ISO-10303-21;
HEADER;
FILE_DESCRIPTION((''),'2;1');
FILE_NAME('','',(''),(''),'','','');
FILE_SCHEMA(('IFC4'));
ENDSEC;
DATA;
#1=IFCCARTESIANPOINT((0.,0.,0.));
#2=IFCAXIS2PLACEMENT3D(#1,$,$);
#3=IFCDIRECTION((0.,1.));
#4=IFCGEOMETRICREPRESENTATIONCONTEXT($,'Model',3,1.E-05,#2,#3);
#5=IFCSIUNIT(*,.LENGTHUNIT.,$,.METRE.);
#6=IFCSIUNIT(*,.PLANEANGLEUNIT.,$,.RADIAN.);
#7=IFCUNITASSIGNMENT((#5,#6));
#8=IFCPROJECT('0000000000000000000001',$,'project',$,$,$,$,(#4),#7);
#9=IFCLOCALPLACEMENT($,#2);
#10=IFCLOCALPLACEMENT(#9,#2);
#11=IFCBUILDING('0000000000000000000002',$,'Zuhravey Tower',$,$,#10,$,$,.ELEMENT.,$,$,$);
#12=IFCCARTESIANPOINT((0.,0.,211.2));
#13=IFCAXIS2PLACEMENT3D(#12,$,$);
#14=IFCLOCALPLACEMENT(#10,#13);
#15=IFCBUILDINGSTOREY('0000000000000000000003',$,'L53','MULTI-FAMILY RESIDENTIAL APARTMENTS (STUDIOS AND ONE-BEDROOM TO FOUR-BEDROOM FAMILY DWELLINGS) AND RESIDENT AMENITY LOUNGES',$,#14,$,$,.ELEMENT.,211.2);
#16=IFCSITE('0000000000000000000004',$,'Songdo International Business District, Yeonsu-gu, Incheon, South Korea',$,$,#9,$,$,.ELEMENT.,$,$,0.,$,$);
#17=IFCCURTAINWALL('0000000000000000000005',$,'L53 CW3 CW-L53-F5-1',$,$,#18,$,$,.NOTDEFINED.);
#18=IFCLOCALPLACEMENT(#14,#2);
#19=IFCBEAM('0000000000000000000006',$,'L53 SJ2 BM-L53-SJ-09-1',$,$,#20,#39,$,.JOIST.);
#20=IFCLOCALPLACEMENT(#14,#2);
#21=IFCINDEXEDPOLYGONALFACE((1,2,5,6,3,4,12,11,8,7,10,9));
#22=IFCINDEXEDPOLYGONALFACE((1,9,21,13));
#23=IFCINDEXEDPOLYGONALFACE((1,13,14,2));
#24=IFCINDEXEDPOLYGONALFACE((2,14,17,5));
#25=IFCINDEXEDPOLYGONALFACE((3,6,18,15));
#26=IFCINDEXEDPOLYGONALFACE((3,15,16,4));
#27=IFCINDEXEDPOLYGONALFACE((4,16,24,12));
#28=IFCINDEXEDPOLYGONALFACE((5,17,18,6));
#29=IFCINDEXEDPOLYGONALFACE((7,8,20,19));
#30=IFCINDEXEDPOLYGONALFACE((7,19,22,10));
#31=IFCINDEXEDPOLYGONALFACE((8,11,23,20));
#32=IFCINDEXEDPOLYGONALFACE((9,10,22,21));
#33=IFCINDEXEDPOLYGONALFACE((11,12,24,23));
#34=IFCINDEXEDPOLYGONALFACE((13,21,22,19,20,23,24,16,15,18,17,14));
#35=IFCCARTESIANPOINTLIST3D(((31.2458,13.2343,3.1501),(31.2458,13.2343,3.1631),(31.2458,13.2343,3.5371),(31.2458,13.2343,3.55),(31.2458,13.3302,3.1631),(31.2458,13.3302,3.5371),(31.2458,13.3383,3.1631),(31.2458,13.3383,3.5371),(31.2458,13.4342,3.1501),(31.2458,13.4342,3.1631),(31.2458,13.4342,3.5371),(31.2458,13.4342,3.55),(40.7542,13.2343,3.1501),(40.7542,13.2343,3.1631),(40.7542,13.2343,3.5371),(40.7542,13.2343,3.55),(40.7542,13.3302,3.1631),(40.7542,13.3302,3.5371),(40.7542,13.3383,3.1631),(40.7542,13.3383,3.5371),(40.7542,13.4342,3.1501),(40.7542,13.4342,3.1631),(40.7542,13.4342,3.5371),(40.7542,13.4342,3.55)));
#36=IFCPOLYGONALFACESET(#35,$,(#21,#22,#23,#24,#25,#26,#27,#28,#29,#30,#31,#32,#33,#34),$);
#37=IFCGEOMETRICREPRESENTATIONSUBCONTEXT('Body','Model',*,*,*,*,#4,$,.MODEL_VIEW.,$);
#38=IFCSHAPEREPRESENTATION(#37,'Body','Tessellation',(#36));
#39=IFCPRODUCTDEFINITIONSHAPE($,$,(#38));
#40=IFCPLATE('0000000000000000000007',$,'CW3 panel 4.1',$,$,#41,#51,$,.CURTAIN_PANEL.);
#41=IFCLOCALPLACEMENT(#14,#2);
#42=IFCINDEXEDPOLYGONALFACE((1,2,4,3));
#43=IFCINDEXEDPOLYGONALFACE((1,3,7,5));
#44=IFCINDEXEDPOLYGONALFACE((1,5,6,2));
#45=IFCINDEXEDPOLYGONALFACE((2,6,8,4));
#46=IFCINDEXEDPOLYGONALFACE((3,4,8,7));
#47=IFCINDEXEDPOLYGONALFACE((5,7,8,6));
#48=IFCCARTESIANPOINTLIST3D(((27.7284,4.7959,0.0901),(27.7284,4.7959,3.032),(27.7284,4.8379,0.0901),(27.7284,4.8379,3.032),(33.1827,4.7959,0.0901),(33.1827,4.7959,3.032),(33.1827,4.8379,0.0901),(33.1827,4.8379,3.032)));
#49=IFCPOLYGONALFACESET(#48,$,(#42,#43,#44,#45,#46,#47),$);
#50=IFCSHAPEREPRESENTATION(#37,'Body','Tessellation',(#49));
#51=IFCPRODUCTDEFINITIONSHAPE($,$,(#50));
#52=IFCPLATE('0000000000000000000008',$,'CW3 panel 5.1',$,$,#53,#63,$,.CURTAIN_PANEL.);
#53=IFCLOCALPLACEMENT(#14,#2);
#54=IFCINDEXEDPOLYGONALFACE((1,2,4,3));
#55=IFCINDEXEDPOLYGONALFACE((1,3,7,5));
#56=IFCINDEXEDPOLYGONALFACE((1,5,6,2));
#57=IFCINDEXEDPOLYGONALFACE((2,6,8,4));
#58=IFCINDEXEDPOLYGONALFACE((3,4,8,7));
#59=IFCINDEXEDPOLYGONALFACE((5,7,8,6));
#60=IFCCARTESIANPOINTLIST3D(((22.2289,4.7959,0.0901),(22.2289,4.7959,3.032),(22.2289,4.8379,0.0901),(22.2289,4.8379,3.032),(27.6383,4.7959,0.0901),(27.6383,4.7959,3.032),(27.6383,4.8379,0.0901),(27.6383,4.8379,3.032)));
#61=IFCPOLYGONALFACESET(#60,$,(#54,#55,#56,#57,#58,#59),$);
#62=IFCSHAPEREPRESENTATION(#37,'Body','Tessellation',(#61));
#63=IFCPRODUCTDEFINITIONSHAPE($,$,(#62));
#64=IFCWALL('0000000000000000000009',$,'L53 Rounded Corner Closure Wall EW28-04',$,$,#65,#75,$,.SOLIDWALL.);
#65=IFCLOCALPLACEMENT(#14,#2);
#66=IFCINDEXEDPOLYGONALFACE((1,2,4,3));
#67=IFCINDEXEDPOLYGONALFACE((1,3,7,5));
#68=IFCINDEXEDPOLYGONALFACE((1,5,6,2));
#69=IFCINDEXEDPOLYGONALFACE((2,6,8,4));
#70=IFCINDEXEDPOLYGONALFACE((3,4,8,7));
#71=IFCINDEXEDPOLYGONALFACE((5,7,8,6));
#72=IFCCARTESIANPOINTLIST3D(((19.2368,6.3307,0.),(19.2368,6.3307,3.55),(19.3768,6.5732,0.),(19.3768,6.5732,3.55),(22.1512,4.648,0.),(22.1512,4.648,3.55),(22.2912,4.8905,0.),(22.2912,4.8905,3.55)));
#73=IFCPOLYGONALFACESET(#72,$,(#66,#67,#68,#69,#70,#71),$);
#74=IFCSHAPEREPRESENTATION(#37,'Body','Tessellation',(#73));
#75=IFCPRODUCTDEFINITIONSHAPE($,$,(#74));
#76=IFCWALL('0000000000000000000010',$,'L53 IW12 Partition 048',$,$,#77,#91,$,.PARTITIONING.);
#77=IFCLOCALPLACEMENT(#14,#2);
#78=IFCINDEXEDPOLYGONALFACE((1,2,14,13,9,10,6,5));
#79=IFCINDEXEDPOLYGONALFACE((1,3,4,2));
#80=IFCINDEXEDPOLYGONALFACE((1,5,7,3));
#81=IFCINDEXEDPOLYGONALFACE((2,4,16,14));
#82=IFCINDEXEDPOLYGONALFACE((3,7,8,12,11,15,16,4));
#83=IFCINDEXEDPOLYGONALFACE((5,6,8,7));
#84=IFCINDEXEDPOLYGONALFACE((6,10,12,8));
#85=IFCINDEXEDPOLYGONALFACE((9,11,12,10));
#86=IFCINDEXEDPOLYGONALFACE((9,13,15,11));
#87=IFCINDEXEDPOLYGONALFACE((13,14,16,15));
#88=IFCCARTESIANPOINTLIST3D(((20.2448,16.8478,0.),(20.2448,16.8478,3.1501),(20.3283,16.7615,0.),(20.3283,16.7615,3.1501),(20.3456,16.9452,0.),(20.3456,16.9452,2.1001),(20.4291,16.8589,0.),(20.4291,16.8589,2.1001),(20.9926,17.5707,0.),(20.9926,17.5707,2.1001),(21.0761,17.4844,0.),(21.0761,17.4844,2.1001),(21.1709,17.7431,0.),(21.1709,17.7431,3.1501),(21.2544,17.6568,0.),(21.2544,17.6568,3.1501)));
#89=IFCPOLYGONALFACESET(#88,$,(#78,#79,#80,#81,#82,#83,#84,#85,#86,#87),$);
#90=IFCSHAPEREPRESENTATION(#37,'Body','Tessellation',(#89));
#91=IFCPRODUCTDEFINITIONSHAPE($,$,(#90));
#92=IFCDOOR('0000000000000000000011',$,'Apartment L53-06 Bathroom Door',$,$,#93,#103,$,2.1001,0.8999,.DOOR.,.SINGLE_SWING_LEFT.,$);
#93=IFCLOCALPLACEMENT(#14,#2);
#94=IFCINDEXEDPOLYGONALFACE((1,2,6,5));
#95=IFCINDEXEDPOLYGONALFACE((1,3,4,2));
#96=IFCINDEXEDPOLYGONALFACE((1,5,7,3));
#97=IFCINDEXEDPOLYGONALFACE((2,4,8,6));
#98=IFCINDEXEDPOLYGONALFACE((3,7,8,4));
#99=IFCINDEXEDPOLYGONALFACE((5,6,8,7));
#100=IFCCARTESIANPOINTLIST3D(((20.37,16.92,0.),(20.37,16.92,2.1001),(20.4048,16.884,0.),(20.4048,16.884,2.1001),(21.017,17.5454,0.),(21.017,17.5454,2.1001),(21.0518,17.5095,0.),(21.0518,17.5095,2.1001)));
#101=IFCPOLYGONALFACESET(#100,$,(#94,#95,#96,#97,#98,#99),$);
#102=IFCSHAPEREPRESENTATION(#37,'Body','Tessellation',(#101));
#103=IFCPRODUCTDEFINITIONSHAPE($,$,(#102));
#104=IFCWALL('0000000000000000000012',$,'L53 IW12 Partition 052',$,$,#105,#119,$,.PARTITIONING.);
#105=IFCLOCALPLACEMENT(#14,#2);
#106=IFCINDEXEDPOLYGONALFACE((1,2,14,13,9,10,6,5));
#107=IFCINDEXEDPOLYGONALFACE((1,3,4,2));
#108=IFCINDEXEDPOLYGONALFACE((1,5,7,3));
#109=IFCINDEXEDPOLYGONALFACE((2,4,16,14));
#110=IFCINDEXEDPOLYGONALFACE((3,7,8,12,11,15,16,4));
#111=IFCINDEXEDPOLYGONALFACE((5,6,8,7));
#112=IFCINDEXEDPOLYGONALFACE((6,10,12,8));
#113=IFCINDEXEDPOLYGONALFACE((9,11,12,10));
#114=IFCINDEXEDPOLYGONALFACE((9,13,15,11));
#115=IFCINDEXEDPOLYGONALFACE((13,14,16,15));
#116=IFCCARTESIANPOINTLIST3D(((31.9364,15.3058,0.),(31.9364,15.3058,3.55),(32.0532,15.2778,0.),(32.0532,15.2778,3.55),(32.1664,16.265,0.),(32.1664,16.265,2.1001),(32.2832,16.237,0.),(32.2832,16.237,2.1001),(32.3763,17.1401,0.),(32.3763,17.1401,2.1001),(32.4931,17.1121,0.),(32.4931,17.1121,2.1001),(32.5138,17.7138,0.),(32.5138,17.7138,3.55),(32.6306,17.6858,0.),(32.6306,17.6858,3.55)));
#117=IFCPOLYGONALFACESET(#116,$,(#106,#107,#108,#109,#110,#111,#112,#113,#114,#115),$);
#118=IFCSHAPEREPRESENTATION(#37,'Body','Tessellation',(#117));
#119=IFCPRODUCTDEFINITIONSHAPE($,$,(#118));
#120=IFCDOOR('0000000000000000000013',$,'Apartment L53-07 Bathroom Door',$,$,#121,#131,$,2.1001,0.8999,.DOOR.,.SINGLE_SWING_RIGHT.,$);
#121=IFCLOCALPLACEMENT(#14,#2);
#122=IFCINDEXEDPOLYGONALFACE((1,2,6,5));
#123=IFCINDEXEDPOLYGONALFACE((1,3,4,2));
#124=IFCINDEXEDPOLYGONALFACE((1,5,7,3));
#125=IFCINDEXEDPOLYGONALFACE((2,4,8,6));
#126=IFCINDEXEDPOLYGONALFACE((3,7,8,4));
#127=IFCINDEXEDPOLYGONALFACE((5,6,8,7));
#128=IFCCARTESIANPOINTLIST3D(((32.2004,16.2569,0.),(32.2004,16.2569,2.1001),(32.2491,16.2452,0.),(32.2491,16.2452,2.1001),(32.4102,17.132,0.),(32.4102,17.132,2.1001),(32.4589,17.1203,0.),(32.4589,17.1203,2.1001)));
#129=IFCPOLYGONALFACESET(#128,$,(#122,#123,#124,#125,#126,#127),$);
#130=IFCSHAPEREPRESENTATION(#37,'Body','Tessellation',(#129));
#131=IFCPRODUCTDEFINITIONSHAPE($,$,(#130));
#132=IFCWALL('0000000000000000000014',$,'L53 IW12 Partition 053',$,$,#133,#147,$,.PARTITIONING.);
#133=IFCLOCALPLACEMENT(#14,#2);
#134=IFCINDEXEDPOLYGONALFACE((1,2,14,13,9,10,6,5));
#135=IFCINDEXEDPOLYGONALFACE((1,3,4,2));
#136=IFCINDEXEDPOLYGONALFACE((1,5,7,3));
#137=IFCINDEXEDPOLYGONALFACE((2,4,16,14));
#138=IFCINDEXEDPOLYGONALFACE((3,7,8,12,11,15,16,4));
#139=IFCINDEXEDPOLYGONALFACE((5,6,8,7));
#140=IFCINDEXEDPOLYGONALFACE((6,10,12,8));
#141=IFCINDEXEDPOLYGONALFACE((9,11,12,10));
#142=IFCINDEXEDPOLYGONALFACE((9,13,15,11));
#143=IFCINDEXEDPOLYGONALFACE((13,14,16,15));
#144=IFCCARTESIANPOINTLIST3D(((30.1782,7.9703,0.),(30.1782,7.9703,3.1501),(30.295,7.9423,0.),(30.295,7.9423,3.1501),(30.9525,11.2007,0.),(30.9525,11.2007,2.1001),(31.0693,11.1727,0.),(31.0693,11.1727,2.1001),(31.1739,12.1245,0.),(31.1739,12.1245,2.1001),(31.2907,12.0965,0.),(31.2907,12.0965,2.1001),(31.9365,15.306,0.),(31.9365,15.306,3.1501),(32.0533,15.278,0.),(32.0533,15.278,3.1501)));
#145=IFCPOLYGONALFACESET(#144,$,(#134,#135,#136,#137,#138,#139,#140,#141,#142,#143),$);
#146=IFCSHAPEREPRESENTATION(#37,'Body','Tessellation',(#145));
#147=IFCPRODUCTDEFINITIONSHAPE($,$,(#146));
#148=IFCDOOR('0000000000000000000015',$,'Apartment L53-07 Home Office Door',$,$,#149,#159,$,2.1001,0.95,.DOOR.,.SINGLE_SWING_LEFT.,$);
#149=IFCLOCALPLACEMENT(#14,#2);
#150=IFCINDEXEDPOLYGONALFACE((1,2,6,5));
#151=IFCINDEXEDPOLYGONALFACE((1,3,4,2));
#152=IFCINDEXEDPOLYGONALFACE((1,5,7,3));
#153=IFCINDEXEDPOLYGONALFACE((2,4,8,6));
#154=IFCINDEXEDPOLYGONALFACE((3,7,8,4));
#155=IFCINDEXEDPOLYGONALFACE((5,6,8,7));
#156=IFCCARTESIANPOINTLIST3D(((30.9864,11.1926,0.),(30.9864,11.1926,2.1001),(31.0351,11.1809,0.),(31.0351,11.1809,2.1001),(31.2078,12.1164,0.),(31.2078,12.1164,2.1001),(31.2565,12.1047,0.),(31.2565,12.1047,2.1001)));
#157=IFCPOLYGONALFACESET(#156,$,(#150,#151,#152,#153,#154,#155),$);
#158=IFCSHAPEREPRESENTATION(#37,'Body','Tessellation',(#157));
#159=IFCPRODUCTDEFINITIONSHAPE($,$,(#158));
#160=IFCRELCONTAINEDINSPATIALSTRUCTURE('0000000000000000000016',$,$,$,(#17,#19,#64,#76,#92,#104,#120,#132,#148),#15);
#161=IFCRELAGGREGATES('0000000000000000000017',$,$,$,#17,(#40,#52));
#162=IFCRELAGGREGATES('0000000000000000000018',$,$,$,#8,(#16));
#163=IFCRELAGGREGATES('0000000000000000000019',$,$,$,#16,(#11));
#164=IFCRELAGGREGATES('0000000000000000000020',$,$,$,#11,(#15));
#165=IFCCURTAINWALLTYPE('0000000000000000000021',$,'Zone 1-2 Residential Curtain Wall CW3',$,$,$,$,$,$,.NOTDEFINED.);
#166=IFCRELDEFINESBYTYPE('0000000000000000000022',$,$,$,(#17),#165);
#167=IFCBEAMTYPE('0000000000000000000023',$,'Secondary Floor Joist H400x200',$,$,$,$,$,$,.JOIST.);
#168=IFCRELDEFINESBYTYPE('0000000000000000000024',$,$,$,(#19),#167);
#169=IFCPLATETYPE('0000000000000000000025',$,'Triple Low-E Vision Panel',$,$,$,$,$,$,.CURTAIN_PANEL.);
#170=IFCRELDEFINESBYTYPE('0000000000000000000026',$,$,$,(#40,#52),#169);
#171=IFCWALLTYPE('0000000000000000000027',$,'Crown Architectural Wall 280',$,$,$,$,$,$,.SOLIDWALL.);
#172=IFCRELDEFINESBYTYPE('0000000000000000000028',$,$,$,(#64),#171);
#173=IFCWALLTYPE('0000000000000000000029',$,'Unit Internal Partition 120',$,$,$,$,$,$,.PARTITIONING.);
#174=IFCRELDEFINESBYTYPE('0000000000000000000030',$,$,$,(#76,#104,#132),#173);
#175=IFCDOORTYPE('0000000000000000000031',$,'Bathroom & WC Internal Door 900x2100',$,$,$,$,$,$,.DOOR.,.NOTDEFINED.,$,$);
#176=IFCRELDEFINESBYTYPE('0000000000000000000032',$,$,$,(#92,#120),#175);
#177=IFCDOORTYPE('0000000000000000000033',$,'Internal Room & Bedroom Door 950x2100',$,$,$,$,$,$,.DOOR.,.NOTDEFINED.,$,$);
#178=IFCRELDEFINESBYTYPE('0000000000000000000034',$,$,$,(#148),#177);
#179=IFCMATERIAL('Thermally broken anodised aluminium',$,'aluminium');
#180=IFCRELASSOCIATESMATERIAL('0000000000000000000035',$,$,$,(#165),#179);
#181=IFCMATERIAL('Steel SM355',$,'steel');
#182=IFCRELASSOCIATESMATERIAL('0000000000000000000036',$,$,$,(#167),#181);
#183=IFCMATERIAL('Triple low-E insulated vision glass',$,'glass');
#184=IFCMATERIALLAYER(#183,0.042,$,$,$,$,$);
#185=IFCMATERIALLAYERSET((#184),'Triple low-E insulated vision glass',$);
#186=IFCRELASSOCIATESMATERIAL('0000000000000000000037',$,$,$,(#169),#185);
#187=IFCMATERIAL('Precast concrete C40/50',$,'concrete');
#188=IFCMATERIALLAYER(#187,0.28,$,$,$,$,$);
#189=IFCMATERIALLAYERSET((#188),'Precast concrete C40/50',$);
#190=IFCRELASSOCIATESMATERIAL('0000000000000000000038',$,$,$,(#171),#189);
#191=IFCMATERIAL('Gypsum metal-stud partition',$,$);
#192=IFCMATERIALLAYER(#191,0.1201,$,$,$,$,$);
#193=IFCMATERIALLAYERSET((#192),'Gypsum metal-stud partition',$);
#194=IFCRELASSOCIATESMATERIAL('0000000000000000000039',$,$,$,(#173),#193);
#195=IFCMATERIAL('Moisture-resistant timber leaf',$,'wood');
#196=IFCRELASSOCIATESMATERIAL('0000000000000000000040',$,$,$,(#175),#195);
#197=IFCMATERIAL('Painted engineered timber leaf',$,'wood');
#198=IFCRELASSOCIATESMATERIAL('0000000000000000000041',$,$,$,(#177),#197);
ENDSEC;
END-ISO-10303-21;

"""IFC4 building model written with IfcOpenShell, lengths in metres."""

from ifc_helpers import new_model, si_unit, direction, frame, frame_2d, origin, origin_2d, place, context, subcontext, project, spatial, rectangle, i_section, extrude, material, layer, layer_set, material_profile, profile_set, type_object, element, fill, aggregate, save


model = new_model("IFC4")

# Units and contexts
model_context = context("Model", 3, precision=1e-05, world=origin(), true_north=direction((0.0, 1.0)))
body_context = subcontext(model_context, "Body", "Model", "MODEL_VIEW")
ifc_project = project(units=[si_unit("LENGTHUNIT", "METRE"), si_unit("PLANEANGLEUNIT", "RADIAN")], contexts=[model_context])

# Site, building, storey
site_placement = place(None, origin())
site = spatial("IfcSite", under=ifc_project, at=site_placement, Name="Songdo International Business District, Yeonsu-gu, Incheon, South Korea", CompositionType="ELEMENT", RefElevation=0.0)
building_placement = place(site_placement, origin())
building = spatial("IfcBuilding", under=site, at=building_placement, Name="Zuhravey Tower", CompositionType="ELEMENT")
storey_placement = place(building_placement, frame((0.0, 0.0, 211.2)))
storey = spatial("IfcBuildingStorey", under=building, at=storey_placement, Name="L53", Description="MULTI-FAMILY RESIDENTIAL APARTMENTS (STUDIOS AND ONE-BEDROOM TO FOUR-BEDROOM FAMILY DWELLINGS) AND RESIDENT AMENITY LOUNGES", CompositionType="ELEMENT", Elevation=211.2)

# Curtain wall
ifc_material_1 = material(Name="Thermally broken anodised aluminium", Category="aluminium")
curtain_wall_type = type_object("IfcCurtainWallType", Name="Zone 1-2 Residential Curtain Wall CW3", PredefinedType="NOTDEFINED", material=ifc_material_1)
curtain_wall_placement = place(storey_placement, origin())
curtain_wall = element("IfcCurtainWall", 1, at=curtain_wall_placement, inside=storey, type_object=curtain_wall_type, Name="L53 CW3 CW-L53-F5-1", PredefinedType="NOTDEFINED")

# Beam
ifc_material_2 = material(Name="Steel SM355", Category="steel")
ifc_material_profile_1 = material_profile(ifc_material_2, i_section(OverallWidth=0.2, OverallDepth=0.3999, WebThickness=0.0081, FlangeThickness=0.0129, at=origin_2d()), Name="H-400x200x8x13")
ifc_profile_set_1 = profile_set([ifc_material_profile_1], Name="Steel SM355")
beam_type_1 = type_object("IfcBeamType", Name="Secondary Floor Joist H400x200", PredefinedType="JOIST", material=ifc_profile_set_1)
beam_1_placement = place(storey_placement, frame((31.2458, 13.3342, 3.3501), z_axis=(1.0, 0.0, 0.0), x_axis=(0.0, 1.0, 0.0)))
element("IfcBeam", 2, at=beam_1_placement, inside=storey, type_object=beam_type_1, Name="L53 SJ2 BM-L53-SJ-09-1", PredefinedType="JOIST", context=body_context, shape_type="SweptSolid", body=[
    extrude(i_section(OverallWidth=0.2, OverallDepth=0.3999, WebThickness=0.0081, FlangeThickness=0.0129, at=origin_2d()), origin(), (0.0, 0.0, 1.0), 9.5083),
])

# Plates
ifc_material_3 = material(Name="Triple low-E insulated vision glass", Category="glass")
ifc_layer_1 = layer(ifc_material_3, 0.042)
ifc_layer_set_1 = layer_set([ifc_layer_1], Name="Triple low-E insulated vision glass")
plate_type = type_object("IfcPlateType", Name="Triple Low-E Vision Panel", PredefinedType="CURTAIN_PANEL", material=ifc_layer_set_1)
plate_1_placement = place(storey_placement, frame((30.4556, 4.8169, 0.0901), z_axis=(0.0, 0.0, 1.0), x_axis=(-1.0, 0.0, 0.0)))
plate_1 = element("IfcPlate", 3, at=plate_1_placement, type_object=plate_type, Name="CW3 panel 4.1", PredefinedType="CURTAIN_PANEL", context=body_context, shape_type="SweptSolid", body=[
    extrude(rectangle(XDim=5.4543, YDim=0.042, at=origin_2d()), origin(), (0.0, 0.0, 1.0), 2.9419),
])
plate_2_placement = place(storey_placement, frame((24.9336, 4.8169, 0.0901), z_axis=(0.0, 0.0, 1.0), x_axis=(-1.0, 0.0, 0.0)))
plate_2 = element("IfcPlate", 4, at=plate_2_placement, type_object=plate_type, Name="CW3 panel 5.1", PredefinedType="CURTAIN_PANEL", context=body_context, shape_type="SweptSolid", body=[
    extrude(rectangle(XDim=5.4094, YDim=0.042, at=origin_2d()), origin(), (0.0, 0.0, 1.0), 2.9419),
])
aggregate(curtain_wall, [plate_1, plate_2])

# Wall
ifc_material_4 = material(Name="Precast concrete C40/50", Category="concrete")
ifc_layer_2 = layer(ifc_material_4, 0.28)
ifc_layer_set_2 = layer_set([ifc_layer_2], Name="Precast concrete C40/50")
wall_type_1 = type_object("IfcWallType", Name="Crown Architectural Wall 280", PredefinedType="SOLIDWALL", material=ifc_layer_set_2)
wall_1_placement = place(storey_placement, frame((22.2212, 4.7693, 0.0), z_axis=(0.0, 0.0, 1.0), x_axis=(-0.86602, 0.500009, 0.0)))
element("IfcWall", 5, at=wall_1_placement, inside=storey, type_object=wall_type_1, Name="L53 Rounded Corner Closure Wall EW28-04", PredefinedType="SOLIDWALL", context=body_context, shape_type="SweptSolid", body=[
    extrude(rectangle(XDim=3.3652, YDim=0.28, at=frame_2d((1.6826, 0.0))), origin(), (0.0, 0.0, 1.0), 3.55),
])

# Walls, openings, doors
ifc_material_5 = material(Name="Gypsum metal-stud partition")
ifc_layer_3 = layer(ifc_material_5, 0.1201)
ifc_layer_set_3 = layer_set([ifc_layer_3], Name="Gypsum metal-stud partition")
wall_type_2 = type_object("IfcWallType", Name="Unit Internal Partition 120", PredefinedType="PARTITIONING", material=ifc_layer_set_3)
wall_2_placement = place(storey_placement, frame((21.2126, 17.7, 0.0), z_axis=(0.0, 0.0, 1.0), x_axis=(-0.718947, -0.695065, 0.0)))
wall_2 = element("IfcWall", 6, at=wall_2_placement, inside=storey, type_object=wall_type_2, Name="L53 IW12 Partition 048", PredefinedType="PARTITIONING", context=body_context, shape_type="SweptSolid", body=[
    extrude(rectangle(XDim=1.2881, YDim=0.1201, at=frame_2d((0.644, 0.0))), origin(), (0.0, 0.0, 1.0), 3.1501),
])
opening_1_placement = place(wall_2_placement, frame((0.248, 0.0, 0.0)))
opening_1 = element("IfcOpeningElement", 7, at=opening_1_placement, cuts=wall_2, PredefinedType="OPENING", context=body_context, shape_type="SweptSolid", body=[
    extrude(rectangle(XDim=0.8999, YDim=2.1001, at=frame_2d((0.45, 1.05))), frame((0.0, 0.072, 0.0), z_axis=(0.0, -1.0, 0.0), x_axis=(1.0, 0.0, 0.0)), (0.0, 0.0, 1.0), 0.144),
])
ifc_material_6 = material(Name="Moisture-resistant timber leaf", Category="wood")
door_type_1 = type_object("IfcDoorType", Name="Bathroom & WC Internal Door 900x2100", OperationType="NOTDEFINED", PredefinedType="DOOR", material=ifc_material_6)
door_1_placement = place(opening_1_placement, frame((0.8999, 0.0, 0.0), z_axis=(0.0, 0.0, 1.0), x_axis=(-1.0, 0.0, 0.0)))
door_1 = element("IfcDoor", 8, at=door_1_placement, inside=storey, type_object=door_type_1, Name="Apartment L53-06 Bathroom Door", OperationType="SINGLE_SWING_LEFT", OverallHeight=2.1001, OverallWidth=0.8999, PredefinedType="DOOR", context=body_context, shape_type="SweptSolid", body=[
    extrude(rectangle(XDim=0.8999, YDim=2.1001, at=frame_2d((0.45, 1.05))), frame((0.0, 0.0249, 0.0), z_axis=(0.0, -1.0, 0.0), x_axis=(1.0, 0.0, 0.0)), (0.0, 0.0, 1.0), 0.05),
])
fill(opening_1, door_1)
wall_3_placement = place(storey_placement, frame((32.5723, 17.7, 0.0), z_axis=(0.0, 0.0, 1.0), x_axis=(-0.233175, -0.972435, 0.0)))
wall_3 = element("IfcWall", 9, at=wall_3_placement, inside=storey, type_object=wall_type_2, Name="L53 IW12 Partition 052", PredefinedType="PARTITIONING", context=body_context, shape_type="SweptSolid", body=[
    extrude(rectangle(XDim=2.4763, YDim=0.1201, at=frame_2d((1.2383, 0.0))), origin(), (0.0, 0.0, 1.0), 3.55),
])
opening_2_placement = place(wall_3_placement, frame((0.5901, 0.0, 0.0)))
opening_2 = element("IfcOpeningElement", 10, at=opening_2_placement, cuts=wall_3, PredefinedType="OPENING", context=body_context, shape_type="SweptSolid", body=[
    extrude(rectangle(XDim=0.8999, YDim=2.1001, at=frame_2d((0.45, 1.05))), frame((0.0, 0.072, 0.0), z_axis=(0.0, -1.0, 0.0), x_axis=(1.0, 0.0, 0.0)), (0.0, 0.0, 1.0), 0.144),
])
door_2_placement = place(opening_2_placement, origin())
door_2 = element("IfcDoor", 11, at=door_2_placement, inside=storey, type_object=door_type_1, Name="Apartment L53-07 Bathroom Door", OperationType="SINGLE_SWING_RIGHT", OverallHeight=2.1001, OverallWidth=0.8999, PredefinedType="DOOR", context=body_context, shape_type="SweptSolid", body=[
    extrude(rectangle(XDim=0.8999, YDim=2.1001, at=frame_2d((0.45, 1.05))), frame((0.0, 0.0249, 0.0), z_axis=(0.0, -1.0, 0.0), x_axis=(1.0, 0.0, 0.0)), (0.0, 0.0, 1.0), 0.05),
])
fill(opening_2, door_2)
wall_4_placement = place(storey_placement, frame((31.9949, 15.292, 0.0), z_axis=(0.0, 0.0, 1.0), x_axis=(-0.233089, -0.972455, 0.0)))
wall_4 = element("IfcWall", 12, at=wall_4_placement, inside=storey, type_object=wall_type_2, Name="L53 IW12 Partition 053", PredefinedType="PARTITIONING", context=body_context, shape_type="SweptSolid", body=[
    extrude(rectangle(XDim=7.5435, YDim=0.1201, at=frame_2d((3.7717, 0.0))), origin(), (0.0, 0.0, 1.0), 3.1501),
])
opening_3_placement = place(wall_4_placement, frame((3.2715, 0.0, 0.0)))
opening_3 = element("IfcOpeningElement", 13, at=opening_3_placement, cuts=wall_4, PredefinedType="OPENING", context=body_context, shape_type="SweptSolid", body=[
    extrude(rectangle(XDim=0.95, YDim=2.1001, at=frame_2d((0.4751, 1.05))), frame((0.0, 0.072, 0.0), z_axis=(0.0, -1.0, 0.0), x_axis=(1.0, 0.0, 0.0)), (0.0, 0.0, 1.0), 0.144),
])
ifc_material_7 = material(Name="Painted engineered timber leaf", Category="wood")
door_type_2 = type_object("IfcDoorType", Name="Internal Room & Bedroom Door 950x2100", OperationType="NOTDEFINED", PredefinedType="DOOR", material=ifc_material_7)
door_3_placement = place(opening_3_placement, origin())
door_3 = element("IfcDoor", 14, at=door_3_placement, inside=storey, type_object=door_type_2, Name="Apartment L53-07 Home Office Door", OperationType="SINGLE_SWING_LEFT", OverallHeight=2.1001, OverallWidth=0.95, PredefinedType="DOOR", context=body_context, shape_type="SweptSolid", body=[
    extrude(rectangle(XDim=0.95, YDim=2.1001, at=frame_2d((0.4751, 1.05))), frame((0.0, 0.0249, 0.0), z_axis=(0.0, -1.0, 0.0), x_axis=(1.0, 0.0, 0.0)), (0.0, 0.0, 1.0), 0.05),
])
fill(opening_3, door_3)

save(model, "model.ifc")
